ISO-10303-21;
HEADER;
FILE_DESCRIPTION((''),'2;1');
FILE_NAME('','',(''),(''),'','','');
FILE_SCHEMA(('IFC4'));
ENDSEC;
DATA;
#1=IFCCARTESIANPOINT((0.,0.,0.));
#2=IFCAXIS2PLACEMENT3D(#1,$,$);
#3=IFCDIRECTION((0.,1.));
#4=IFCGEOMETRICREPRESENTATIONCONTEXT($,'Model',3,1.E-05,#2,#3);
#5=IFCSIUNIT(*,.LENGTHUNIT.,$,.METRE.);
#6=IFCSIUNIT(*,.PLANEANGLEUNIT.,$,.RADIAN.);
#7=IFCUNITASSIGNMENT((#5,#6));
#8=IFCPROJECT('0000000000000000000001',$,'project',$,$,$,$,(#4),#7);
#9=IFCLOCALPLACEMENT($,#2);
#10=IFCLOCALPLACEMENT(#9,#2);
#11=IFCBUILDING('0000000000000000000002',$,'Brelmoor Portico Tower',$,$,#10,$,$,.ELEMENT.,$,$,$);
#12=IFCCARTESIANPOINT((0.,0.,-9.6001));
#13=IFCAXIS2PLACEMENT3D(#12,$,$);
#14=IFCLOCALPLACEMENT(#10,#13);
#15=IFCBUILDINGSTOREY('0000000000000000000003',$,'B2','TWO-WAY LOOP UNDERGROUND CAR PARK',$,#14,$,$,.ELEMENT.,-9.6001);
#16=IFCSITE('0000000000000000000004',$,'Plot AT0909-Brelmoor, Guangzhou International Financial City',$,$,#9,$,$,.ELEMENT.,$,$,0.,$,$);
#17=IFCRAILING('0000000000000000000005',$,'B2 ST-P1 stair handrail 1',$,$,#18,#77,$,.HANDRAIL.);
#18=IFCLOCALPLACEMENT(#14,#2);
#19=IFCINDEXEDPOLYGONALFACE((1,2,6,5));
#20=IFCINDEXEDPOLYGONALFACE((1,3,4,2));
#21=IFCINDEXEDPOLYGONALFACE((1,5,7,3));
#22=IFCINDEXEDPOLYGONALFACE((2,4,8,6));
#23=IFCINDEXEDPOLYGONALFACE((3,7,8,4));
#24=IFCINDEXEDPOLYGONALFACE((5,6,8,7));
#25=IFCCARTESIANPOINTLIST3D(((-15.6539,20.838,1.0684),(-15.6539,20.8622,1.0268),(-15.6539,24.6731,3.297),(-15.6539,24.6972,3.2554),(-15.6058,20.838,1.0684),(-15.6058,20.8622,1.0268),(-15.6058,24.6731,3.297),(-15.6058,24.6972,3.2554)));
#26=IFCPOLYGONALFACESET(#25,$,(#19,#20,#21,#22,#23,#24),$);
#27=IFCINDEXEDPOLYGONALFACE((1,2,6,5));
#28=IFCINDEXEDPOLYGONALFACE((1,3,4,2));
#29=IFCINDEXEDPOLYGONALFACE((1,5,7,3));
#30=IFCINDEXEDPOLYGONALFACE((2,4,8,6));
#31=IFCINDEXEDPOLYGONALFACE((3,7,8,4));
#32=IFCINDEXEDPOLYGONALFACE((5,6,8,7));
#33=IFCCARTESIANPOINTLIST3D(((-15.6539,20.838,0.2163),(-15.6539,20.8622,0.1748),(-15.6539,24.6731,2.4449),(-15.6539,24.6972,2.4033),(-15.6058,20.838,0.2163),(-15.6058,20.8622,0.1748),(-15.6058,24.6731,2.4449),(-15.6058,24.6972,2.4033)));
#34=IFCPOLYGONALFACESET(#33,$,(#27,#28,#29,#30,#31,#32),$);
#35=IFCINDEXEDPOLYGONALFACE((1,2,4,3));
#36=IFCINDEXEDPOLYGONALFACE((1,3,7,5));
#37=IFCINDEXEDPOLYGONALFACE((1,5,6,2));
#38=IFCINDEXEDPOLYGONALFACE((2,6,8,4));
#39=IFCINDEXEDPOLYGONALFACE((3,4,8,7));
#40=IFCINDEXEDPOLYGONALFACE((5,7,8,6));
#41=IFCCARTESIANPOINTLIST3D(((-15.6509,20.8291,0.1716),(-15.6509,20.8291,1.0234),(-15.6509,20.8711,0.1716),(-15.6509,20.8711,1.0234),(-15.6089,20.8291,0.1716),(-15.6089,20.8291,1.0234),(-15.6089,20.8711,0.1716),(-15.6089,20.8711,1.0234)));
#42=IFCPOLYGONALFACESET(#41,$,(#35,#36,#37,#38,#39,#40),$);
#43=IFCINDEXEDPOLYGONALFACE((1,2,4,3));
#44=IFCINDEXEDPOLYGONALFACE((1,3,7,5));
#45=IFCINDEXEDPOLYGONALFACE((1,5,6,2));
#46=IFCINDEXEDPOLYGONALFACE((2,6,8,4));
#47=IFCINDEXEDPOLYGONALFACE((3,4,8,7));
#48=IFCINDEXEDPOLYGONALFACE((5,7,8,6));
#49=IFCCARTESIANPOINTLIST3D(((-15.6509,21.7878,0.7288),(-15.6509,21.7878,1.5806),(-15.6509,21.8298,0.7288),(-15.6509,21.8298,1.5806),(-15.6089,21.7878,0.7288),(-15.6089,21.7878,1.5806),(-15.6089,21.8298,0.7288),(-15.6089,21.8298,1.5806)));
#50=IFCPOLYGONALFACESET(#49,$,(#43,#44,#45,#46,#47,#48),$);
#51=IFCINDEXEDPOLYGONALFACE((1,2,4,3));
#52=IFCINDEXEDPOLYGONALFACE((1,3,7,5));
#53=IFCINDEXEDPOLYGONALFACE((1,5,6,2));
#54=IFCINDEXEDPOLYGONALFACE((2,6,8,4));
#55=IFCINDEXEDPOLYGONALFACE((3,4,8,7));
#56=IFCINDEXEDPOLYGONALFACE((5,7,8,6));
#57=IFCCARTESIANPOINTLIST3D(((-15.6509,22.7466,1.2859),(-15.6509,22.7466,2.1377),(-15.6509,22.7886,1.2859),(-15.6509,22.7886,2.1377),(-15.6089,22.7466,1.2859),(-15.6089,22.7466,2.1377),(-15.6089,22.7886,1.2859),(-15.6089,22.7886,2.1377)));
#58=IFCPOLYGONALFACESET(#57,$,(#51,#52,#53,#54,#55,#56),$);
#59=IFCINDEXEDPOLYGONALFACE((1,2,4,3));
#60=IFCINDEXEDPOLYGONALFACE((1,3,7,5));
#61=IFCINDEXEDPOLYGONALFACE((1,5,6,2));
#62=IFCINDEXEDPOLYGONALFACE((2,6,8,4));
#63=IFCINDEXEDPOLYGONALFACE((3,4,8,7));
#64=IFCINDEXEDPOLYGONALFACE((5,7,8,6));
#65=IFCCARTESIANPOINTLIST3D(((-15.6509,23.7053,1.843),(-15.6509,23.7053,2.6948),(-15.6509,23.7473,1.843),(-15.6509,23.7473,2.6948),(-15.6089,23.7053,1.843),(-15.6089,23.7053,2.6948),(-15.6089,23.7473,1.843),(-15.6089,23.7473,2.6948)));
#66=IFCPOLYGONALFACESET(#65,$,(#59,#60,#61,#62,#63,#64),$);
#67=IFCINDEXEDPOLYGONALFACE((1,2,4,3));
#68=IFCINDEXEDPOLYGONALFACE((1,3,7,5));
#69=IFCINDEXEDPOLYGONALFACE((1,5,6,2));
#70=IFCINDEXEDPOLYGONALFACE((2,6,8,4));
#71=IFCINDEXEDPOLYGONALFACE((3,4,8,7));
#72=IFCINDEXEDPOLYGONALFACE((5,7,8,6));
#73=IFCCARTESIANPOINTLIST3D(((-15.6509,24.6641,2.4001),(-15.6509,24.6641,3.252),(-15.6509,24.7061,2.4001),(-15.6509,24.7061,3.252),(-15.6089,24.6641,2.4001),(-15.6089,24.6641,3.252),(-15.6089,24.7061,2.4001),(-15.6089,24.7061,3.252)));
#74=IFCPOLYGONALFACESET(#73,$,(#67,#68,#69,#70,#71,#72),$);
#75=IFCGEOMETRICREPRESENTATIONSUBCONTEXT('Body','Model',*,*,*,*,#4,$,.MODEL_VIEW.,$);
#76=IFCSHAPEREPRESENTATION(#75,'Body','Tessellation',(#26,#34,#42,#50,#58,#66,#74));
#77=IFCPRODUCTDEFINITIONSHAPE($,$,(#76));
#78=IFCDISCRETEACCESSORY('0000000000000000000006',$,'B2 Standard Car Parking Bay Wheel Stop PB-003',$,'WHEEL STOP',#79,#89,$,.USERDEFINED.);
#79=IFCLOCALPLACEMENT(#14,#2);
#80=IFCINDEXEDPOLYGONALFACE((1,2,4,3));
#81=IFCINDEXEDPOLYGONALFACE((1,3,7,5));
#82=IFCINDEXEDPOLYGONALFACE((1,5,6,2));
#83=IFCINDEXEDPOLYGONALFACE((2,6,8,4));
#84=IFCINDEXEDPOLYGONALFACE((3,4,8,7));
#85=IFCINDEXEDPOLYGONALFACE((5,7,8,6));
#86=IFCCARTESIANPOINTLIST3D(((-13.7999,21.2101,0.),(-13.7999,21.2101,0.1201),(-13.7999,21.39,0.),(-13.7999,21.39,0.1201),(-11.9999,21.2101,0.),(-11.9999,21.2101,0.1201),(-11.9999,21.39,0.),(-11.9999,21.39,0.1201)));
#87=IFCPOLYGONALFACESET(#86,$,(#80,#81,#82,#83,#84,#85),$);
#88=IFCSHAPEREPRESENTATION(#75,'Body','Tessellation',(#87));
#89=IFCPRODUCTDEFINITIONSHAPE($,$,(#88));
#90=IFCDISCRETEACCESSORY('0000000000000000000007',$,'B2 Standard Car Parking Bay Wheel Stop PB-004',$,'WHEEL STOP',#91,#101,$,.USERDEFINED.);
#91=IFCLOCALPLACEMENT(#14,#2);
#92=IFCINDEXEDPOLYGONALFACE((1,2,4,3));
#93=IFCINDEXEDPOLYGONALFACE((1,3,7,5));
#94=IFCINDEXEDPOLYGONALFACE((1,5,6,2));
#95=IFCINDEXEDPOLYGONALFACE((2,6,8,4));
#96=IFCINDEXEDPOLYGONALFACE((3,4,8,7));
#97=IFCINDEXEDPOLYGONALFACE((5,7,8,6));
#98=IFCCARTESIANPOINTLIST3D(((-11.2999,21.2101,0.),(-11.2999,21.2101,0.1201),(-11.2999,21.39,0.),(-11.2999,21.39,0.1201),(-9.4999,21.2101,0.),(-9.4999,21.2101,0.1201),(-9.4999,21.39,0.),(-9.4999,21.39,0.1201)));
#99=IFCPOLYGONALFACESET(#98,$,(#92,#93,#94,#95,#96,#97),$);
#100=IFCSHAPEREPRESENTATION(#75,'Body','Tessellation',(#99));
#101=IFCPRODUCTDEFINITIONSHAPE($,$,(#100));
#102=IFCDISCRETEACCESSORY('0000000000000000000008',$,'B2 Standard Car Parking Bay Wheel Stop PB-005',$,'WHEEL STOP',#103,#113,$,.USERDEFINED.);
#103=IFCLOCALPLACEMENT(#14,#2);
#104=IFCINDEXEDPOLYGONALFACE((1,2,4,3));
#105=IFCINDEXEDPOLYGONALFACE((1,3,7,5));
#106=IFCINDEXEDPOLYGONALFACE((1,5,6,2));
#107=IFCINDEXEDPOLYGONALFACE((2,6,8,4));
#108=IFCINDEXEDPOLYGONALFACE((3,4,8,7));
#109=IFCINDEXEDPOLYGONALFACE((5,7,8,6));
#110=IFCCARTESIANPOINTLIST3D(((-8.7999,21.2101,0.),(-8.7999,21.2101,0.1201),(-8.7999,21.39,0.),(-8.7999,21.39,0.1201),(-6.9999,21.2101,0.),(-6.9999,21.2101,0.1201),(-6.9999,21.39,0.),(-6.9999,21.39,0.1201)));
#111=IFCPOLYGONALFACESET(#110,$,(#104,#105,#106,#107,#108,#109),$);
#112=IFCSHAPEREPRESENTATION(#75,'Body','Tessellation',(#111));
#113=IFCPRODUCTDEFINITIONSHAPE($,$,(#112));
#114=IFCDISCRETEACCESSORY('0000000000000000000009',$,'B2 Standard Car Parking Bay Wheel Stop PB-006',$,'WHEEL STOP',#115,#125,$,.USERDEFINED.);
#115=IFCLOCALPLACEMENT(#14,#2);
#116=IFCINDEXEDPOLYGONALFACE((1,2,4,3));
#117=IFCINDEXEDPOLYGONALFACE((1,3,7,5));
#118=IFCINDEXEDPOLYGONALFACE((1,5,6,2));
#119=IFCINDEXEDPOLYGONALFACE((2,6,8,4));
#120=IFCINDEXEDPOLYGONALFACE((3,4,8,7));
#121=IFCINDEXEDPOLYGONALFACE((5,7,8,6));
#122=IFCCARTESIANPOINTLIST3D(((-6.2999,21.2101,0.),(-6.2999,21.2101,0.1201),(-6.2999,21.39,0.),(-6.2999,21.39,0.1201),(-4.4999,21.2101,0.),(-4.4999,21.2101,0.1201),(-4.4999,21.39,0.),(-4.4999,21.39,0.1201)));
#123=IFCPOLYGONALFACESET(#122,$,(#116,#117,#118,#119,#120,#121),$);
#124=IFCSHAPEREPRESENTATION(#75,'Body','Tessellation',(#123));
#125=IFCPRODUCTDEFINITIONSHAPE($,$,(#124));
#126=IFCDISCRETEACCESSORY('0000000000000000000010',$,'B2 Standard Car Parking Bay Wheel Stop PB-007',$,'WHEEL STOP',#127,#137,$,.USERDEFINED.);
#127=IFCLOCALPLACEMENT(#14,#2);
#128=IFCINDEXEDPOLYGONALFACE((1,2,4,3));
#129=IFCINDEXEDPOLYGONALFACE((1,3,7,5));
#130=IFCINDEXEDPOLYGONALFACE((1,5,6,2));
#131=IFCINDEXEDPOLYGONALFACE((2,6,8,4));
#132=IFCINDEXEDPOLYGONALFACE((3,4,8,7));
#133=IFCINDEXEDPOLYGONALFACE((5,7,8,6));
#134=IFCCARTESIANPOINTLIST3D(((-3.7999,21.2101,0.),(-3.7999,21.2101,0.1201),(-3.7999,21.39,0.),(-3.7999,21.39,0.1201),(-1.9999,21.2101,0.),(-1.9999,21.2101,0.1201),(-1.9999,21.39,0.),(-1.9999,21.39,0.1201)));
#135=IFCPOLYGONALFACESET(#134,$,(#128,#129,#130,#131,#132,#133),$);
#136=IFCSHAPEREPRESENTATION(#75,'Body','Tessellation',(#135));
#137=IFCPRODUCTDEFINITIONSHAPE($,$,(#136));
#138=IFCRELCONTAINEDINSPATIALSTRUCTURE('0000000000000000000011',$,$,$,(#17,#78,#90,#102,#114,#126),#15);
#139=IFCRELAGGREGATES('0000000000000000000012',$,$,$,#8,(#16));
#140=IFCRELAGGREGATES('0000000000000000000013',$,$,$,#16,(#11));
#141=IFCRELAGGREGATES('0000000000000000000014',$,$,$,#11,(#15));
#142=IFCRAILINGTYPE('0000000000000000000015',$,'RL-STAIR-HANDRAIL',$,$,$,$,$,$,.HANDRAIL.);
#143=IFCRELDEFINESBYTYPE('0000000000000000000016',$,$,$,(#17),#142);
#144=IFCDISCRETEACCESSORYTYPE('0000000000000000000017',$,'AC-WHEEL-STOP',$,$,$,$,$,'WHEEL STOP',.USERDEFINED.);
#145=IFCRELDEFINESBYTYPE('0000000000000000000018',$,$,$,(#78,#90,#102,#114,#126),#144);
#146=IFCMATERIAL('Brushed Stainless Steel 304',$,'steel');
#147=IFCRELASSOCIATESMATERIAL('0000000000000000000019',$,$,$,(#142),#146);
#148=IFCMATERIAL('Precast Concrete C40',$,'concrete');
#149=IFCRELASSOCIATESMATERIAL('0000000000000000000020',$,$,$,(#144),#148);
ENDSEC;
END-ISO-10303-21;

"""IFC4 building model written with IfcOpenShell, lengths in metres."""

from ifc_helpers import new_model, si_unit, direction, frame, origin, origin_2d, place, context, subcontext, project, spatial, rectangle, extrude, material, type_object, element, save


model = new_model("IFC4")

# Units and contexts
model_context = context("Model", 3, precision=1e-05, world=origin(), true_north=direction((0.0, 1.0)))
body_context = subcontext(model_context, "Body", "Model", "MODEL_VIEW")
ifc_project = project(units=[si_unit("LENGTHUNIT", "METRE"), si_unit("PLANEANGLEUNIT", "RADIAN")], contexts=[model_context])

# Site, building, storey
site_placement = place(None, origin())
site = spatial("IfcSite", under=ifc_project, at=site_placement, Name="Plot AT0909-Brelmoor, Guangzhou International Financial City", CompositionType="ELEMENT", RefElevation=0.0)
building_placement = place(site_placement, origin())
building = spatial("IfcBuilding", under=site, at=building_placement, Name="Brelmoor Portico Tower", CompositionType="ELEMENT")
storey_placement = place(building_placement, frame((0.0, 0.0, -9.6001)))
storey = spatial("IfcBuildingStorey", under=building, at=storey_placement, Name="B2", Description="TWO-WAY LOOP UNDERGROUND CAR PARK", CompositionType="ELEMENT", Elevation=-9.6001)

# Railing
ifc_material_1 = material(Name="Brushed Stainless Steel 304", Category="steel")
railing_type_1 = type_object("IfcRailingType", Name="RL-STAIR-HANDRAIL", PredefinedType="HANDRAIL", material=ifc_material_1)
railing_1_placement = place(storey_placement, frame((-15.6299, 20.8501, 0.1716)))
element("IfcRailing", 1, at=railing_1_placement, inside=storey, type_object=railing_type_1, Name="B2 ST-P1 stair handrail 1", PredefinedType="HANDRAIL", context=body_context, shape_type="SweptSolid", body=[
    extrude(rectangle(XDim=0.0481, YDim=0.0481, at=origin_2d()), frame((0.0, 0.0, 0.876), z_axis=(0.0, 0.864616, 0.502433), x_axis=(-1.0, 0.0, 0.0)), (0.0, 0.0, 1.0), 4.4355),
    extrude(rectangle(XDim=0.0481, YDim=0.0481, at=origin_2d()), frame((0.0, 0.0, 0.0239), z_axis=(0.0, 0.864616, 0.502433), x_axis=(-1.0, 0.0, 0.0)), (0.0, 0.0, 1.0), 4.4355),
    extrude(rectangle(XDim=0.042, YDim=0.042, at=origin_2d()), origin(), (0.0, 0.0, 1.0), 0.8518),
    extrude(rectangle(XDim=0.042, YDim=0.042, at=origin_2d()), frame((0.0, 0.9587, 0.5571)), (0.0, 0.0, 1.0), 0.8518),
    extrude(rectangle(XDim=0.042, YDim=0.042, at=origin_2d()), frame((0.0, 1.9175, 1.1143)), (0.0, 0.0, 1.0), 0.8518),
    extrude(rectangle(XDim=0.042, YDim=0.042, at=origin_2d()), frame((0.0, 2.8762, 1.6714)), (0.0, 0.0, 1.0), 0.8518),
    extrude(rectangle(XDim=0.042, YDim=0.042, at=origin_2d()), frame((0.0, 3.835, 2.2285)), (0.0, 0.0, 1.0), 0.8518),
])

# Discrete accessories
ifc_material_2 = material(Name="Precast Concrete C40", Category="concrete")
discrete_accessory_type = type_object("IfcDiscreteAccessoryType", Name="AC-WHEEL-STOP", ElementType="WHEEL STOP", PredefinedType="USERDEFINED", material=ifc_material_2)
for number, where, z_axis, x_axis, name in (
    (2, (-12.8999, 21.3, 0.0), (0.0, 0.0, 1.0), (1.0, 0.0, 0.0), "B2 Standard Car Parking Bay Wheel Stop PB-003"),
    (3, (-10.3999, 21.3, 0.0), (0.0, 0.0, 1.0), (1.0, 0.0, 0.0), "B2 Standard Car Parking Bay Wheel Stop PB-004"),
    (4, (-7.8999, 21.3, 0.0), (0.0, 0.0, 1.0), (1.0, 0.0, 0.0), "B2 Standard Car Parking Bay Wheel Stop PB-005"),
    (5, (-5.3999, 21.3, 0.0), (0.0, 0.0, 1.0), (1.0, 0.0, 0.0), "B2 Standard Car Parking Bay Wheel Stop PB-006"),
    (6, (-2.8999, 21.3, 0.0), (0.0, 0.0, 1.0), (1.0, 0.0, 0.0), "B2 Standard Car Parking Bay Wheel Stop PB-007"),
):
    element("IfcDiscreteAccessory", number, at=place(storey_placement, frame(where, z_axis=z_axis, x_axis=x_axis)), inside=storey, type_object=discrete_accessory_type, Name=name, ObjectType="WHEEL STOP", PredefinedType="USERDEFINED", context=body_context, shape_type="SweptSolid", body=[
        extrude(rectangle(XDim=1.8, YDim=0.1799, at=origin_2d()), origin(), (0.0, 0.0, 1.0), 0.1201),
    ])

save(model, "model.ifc")
